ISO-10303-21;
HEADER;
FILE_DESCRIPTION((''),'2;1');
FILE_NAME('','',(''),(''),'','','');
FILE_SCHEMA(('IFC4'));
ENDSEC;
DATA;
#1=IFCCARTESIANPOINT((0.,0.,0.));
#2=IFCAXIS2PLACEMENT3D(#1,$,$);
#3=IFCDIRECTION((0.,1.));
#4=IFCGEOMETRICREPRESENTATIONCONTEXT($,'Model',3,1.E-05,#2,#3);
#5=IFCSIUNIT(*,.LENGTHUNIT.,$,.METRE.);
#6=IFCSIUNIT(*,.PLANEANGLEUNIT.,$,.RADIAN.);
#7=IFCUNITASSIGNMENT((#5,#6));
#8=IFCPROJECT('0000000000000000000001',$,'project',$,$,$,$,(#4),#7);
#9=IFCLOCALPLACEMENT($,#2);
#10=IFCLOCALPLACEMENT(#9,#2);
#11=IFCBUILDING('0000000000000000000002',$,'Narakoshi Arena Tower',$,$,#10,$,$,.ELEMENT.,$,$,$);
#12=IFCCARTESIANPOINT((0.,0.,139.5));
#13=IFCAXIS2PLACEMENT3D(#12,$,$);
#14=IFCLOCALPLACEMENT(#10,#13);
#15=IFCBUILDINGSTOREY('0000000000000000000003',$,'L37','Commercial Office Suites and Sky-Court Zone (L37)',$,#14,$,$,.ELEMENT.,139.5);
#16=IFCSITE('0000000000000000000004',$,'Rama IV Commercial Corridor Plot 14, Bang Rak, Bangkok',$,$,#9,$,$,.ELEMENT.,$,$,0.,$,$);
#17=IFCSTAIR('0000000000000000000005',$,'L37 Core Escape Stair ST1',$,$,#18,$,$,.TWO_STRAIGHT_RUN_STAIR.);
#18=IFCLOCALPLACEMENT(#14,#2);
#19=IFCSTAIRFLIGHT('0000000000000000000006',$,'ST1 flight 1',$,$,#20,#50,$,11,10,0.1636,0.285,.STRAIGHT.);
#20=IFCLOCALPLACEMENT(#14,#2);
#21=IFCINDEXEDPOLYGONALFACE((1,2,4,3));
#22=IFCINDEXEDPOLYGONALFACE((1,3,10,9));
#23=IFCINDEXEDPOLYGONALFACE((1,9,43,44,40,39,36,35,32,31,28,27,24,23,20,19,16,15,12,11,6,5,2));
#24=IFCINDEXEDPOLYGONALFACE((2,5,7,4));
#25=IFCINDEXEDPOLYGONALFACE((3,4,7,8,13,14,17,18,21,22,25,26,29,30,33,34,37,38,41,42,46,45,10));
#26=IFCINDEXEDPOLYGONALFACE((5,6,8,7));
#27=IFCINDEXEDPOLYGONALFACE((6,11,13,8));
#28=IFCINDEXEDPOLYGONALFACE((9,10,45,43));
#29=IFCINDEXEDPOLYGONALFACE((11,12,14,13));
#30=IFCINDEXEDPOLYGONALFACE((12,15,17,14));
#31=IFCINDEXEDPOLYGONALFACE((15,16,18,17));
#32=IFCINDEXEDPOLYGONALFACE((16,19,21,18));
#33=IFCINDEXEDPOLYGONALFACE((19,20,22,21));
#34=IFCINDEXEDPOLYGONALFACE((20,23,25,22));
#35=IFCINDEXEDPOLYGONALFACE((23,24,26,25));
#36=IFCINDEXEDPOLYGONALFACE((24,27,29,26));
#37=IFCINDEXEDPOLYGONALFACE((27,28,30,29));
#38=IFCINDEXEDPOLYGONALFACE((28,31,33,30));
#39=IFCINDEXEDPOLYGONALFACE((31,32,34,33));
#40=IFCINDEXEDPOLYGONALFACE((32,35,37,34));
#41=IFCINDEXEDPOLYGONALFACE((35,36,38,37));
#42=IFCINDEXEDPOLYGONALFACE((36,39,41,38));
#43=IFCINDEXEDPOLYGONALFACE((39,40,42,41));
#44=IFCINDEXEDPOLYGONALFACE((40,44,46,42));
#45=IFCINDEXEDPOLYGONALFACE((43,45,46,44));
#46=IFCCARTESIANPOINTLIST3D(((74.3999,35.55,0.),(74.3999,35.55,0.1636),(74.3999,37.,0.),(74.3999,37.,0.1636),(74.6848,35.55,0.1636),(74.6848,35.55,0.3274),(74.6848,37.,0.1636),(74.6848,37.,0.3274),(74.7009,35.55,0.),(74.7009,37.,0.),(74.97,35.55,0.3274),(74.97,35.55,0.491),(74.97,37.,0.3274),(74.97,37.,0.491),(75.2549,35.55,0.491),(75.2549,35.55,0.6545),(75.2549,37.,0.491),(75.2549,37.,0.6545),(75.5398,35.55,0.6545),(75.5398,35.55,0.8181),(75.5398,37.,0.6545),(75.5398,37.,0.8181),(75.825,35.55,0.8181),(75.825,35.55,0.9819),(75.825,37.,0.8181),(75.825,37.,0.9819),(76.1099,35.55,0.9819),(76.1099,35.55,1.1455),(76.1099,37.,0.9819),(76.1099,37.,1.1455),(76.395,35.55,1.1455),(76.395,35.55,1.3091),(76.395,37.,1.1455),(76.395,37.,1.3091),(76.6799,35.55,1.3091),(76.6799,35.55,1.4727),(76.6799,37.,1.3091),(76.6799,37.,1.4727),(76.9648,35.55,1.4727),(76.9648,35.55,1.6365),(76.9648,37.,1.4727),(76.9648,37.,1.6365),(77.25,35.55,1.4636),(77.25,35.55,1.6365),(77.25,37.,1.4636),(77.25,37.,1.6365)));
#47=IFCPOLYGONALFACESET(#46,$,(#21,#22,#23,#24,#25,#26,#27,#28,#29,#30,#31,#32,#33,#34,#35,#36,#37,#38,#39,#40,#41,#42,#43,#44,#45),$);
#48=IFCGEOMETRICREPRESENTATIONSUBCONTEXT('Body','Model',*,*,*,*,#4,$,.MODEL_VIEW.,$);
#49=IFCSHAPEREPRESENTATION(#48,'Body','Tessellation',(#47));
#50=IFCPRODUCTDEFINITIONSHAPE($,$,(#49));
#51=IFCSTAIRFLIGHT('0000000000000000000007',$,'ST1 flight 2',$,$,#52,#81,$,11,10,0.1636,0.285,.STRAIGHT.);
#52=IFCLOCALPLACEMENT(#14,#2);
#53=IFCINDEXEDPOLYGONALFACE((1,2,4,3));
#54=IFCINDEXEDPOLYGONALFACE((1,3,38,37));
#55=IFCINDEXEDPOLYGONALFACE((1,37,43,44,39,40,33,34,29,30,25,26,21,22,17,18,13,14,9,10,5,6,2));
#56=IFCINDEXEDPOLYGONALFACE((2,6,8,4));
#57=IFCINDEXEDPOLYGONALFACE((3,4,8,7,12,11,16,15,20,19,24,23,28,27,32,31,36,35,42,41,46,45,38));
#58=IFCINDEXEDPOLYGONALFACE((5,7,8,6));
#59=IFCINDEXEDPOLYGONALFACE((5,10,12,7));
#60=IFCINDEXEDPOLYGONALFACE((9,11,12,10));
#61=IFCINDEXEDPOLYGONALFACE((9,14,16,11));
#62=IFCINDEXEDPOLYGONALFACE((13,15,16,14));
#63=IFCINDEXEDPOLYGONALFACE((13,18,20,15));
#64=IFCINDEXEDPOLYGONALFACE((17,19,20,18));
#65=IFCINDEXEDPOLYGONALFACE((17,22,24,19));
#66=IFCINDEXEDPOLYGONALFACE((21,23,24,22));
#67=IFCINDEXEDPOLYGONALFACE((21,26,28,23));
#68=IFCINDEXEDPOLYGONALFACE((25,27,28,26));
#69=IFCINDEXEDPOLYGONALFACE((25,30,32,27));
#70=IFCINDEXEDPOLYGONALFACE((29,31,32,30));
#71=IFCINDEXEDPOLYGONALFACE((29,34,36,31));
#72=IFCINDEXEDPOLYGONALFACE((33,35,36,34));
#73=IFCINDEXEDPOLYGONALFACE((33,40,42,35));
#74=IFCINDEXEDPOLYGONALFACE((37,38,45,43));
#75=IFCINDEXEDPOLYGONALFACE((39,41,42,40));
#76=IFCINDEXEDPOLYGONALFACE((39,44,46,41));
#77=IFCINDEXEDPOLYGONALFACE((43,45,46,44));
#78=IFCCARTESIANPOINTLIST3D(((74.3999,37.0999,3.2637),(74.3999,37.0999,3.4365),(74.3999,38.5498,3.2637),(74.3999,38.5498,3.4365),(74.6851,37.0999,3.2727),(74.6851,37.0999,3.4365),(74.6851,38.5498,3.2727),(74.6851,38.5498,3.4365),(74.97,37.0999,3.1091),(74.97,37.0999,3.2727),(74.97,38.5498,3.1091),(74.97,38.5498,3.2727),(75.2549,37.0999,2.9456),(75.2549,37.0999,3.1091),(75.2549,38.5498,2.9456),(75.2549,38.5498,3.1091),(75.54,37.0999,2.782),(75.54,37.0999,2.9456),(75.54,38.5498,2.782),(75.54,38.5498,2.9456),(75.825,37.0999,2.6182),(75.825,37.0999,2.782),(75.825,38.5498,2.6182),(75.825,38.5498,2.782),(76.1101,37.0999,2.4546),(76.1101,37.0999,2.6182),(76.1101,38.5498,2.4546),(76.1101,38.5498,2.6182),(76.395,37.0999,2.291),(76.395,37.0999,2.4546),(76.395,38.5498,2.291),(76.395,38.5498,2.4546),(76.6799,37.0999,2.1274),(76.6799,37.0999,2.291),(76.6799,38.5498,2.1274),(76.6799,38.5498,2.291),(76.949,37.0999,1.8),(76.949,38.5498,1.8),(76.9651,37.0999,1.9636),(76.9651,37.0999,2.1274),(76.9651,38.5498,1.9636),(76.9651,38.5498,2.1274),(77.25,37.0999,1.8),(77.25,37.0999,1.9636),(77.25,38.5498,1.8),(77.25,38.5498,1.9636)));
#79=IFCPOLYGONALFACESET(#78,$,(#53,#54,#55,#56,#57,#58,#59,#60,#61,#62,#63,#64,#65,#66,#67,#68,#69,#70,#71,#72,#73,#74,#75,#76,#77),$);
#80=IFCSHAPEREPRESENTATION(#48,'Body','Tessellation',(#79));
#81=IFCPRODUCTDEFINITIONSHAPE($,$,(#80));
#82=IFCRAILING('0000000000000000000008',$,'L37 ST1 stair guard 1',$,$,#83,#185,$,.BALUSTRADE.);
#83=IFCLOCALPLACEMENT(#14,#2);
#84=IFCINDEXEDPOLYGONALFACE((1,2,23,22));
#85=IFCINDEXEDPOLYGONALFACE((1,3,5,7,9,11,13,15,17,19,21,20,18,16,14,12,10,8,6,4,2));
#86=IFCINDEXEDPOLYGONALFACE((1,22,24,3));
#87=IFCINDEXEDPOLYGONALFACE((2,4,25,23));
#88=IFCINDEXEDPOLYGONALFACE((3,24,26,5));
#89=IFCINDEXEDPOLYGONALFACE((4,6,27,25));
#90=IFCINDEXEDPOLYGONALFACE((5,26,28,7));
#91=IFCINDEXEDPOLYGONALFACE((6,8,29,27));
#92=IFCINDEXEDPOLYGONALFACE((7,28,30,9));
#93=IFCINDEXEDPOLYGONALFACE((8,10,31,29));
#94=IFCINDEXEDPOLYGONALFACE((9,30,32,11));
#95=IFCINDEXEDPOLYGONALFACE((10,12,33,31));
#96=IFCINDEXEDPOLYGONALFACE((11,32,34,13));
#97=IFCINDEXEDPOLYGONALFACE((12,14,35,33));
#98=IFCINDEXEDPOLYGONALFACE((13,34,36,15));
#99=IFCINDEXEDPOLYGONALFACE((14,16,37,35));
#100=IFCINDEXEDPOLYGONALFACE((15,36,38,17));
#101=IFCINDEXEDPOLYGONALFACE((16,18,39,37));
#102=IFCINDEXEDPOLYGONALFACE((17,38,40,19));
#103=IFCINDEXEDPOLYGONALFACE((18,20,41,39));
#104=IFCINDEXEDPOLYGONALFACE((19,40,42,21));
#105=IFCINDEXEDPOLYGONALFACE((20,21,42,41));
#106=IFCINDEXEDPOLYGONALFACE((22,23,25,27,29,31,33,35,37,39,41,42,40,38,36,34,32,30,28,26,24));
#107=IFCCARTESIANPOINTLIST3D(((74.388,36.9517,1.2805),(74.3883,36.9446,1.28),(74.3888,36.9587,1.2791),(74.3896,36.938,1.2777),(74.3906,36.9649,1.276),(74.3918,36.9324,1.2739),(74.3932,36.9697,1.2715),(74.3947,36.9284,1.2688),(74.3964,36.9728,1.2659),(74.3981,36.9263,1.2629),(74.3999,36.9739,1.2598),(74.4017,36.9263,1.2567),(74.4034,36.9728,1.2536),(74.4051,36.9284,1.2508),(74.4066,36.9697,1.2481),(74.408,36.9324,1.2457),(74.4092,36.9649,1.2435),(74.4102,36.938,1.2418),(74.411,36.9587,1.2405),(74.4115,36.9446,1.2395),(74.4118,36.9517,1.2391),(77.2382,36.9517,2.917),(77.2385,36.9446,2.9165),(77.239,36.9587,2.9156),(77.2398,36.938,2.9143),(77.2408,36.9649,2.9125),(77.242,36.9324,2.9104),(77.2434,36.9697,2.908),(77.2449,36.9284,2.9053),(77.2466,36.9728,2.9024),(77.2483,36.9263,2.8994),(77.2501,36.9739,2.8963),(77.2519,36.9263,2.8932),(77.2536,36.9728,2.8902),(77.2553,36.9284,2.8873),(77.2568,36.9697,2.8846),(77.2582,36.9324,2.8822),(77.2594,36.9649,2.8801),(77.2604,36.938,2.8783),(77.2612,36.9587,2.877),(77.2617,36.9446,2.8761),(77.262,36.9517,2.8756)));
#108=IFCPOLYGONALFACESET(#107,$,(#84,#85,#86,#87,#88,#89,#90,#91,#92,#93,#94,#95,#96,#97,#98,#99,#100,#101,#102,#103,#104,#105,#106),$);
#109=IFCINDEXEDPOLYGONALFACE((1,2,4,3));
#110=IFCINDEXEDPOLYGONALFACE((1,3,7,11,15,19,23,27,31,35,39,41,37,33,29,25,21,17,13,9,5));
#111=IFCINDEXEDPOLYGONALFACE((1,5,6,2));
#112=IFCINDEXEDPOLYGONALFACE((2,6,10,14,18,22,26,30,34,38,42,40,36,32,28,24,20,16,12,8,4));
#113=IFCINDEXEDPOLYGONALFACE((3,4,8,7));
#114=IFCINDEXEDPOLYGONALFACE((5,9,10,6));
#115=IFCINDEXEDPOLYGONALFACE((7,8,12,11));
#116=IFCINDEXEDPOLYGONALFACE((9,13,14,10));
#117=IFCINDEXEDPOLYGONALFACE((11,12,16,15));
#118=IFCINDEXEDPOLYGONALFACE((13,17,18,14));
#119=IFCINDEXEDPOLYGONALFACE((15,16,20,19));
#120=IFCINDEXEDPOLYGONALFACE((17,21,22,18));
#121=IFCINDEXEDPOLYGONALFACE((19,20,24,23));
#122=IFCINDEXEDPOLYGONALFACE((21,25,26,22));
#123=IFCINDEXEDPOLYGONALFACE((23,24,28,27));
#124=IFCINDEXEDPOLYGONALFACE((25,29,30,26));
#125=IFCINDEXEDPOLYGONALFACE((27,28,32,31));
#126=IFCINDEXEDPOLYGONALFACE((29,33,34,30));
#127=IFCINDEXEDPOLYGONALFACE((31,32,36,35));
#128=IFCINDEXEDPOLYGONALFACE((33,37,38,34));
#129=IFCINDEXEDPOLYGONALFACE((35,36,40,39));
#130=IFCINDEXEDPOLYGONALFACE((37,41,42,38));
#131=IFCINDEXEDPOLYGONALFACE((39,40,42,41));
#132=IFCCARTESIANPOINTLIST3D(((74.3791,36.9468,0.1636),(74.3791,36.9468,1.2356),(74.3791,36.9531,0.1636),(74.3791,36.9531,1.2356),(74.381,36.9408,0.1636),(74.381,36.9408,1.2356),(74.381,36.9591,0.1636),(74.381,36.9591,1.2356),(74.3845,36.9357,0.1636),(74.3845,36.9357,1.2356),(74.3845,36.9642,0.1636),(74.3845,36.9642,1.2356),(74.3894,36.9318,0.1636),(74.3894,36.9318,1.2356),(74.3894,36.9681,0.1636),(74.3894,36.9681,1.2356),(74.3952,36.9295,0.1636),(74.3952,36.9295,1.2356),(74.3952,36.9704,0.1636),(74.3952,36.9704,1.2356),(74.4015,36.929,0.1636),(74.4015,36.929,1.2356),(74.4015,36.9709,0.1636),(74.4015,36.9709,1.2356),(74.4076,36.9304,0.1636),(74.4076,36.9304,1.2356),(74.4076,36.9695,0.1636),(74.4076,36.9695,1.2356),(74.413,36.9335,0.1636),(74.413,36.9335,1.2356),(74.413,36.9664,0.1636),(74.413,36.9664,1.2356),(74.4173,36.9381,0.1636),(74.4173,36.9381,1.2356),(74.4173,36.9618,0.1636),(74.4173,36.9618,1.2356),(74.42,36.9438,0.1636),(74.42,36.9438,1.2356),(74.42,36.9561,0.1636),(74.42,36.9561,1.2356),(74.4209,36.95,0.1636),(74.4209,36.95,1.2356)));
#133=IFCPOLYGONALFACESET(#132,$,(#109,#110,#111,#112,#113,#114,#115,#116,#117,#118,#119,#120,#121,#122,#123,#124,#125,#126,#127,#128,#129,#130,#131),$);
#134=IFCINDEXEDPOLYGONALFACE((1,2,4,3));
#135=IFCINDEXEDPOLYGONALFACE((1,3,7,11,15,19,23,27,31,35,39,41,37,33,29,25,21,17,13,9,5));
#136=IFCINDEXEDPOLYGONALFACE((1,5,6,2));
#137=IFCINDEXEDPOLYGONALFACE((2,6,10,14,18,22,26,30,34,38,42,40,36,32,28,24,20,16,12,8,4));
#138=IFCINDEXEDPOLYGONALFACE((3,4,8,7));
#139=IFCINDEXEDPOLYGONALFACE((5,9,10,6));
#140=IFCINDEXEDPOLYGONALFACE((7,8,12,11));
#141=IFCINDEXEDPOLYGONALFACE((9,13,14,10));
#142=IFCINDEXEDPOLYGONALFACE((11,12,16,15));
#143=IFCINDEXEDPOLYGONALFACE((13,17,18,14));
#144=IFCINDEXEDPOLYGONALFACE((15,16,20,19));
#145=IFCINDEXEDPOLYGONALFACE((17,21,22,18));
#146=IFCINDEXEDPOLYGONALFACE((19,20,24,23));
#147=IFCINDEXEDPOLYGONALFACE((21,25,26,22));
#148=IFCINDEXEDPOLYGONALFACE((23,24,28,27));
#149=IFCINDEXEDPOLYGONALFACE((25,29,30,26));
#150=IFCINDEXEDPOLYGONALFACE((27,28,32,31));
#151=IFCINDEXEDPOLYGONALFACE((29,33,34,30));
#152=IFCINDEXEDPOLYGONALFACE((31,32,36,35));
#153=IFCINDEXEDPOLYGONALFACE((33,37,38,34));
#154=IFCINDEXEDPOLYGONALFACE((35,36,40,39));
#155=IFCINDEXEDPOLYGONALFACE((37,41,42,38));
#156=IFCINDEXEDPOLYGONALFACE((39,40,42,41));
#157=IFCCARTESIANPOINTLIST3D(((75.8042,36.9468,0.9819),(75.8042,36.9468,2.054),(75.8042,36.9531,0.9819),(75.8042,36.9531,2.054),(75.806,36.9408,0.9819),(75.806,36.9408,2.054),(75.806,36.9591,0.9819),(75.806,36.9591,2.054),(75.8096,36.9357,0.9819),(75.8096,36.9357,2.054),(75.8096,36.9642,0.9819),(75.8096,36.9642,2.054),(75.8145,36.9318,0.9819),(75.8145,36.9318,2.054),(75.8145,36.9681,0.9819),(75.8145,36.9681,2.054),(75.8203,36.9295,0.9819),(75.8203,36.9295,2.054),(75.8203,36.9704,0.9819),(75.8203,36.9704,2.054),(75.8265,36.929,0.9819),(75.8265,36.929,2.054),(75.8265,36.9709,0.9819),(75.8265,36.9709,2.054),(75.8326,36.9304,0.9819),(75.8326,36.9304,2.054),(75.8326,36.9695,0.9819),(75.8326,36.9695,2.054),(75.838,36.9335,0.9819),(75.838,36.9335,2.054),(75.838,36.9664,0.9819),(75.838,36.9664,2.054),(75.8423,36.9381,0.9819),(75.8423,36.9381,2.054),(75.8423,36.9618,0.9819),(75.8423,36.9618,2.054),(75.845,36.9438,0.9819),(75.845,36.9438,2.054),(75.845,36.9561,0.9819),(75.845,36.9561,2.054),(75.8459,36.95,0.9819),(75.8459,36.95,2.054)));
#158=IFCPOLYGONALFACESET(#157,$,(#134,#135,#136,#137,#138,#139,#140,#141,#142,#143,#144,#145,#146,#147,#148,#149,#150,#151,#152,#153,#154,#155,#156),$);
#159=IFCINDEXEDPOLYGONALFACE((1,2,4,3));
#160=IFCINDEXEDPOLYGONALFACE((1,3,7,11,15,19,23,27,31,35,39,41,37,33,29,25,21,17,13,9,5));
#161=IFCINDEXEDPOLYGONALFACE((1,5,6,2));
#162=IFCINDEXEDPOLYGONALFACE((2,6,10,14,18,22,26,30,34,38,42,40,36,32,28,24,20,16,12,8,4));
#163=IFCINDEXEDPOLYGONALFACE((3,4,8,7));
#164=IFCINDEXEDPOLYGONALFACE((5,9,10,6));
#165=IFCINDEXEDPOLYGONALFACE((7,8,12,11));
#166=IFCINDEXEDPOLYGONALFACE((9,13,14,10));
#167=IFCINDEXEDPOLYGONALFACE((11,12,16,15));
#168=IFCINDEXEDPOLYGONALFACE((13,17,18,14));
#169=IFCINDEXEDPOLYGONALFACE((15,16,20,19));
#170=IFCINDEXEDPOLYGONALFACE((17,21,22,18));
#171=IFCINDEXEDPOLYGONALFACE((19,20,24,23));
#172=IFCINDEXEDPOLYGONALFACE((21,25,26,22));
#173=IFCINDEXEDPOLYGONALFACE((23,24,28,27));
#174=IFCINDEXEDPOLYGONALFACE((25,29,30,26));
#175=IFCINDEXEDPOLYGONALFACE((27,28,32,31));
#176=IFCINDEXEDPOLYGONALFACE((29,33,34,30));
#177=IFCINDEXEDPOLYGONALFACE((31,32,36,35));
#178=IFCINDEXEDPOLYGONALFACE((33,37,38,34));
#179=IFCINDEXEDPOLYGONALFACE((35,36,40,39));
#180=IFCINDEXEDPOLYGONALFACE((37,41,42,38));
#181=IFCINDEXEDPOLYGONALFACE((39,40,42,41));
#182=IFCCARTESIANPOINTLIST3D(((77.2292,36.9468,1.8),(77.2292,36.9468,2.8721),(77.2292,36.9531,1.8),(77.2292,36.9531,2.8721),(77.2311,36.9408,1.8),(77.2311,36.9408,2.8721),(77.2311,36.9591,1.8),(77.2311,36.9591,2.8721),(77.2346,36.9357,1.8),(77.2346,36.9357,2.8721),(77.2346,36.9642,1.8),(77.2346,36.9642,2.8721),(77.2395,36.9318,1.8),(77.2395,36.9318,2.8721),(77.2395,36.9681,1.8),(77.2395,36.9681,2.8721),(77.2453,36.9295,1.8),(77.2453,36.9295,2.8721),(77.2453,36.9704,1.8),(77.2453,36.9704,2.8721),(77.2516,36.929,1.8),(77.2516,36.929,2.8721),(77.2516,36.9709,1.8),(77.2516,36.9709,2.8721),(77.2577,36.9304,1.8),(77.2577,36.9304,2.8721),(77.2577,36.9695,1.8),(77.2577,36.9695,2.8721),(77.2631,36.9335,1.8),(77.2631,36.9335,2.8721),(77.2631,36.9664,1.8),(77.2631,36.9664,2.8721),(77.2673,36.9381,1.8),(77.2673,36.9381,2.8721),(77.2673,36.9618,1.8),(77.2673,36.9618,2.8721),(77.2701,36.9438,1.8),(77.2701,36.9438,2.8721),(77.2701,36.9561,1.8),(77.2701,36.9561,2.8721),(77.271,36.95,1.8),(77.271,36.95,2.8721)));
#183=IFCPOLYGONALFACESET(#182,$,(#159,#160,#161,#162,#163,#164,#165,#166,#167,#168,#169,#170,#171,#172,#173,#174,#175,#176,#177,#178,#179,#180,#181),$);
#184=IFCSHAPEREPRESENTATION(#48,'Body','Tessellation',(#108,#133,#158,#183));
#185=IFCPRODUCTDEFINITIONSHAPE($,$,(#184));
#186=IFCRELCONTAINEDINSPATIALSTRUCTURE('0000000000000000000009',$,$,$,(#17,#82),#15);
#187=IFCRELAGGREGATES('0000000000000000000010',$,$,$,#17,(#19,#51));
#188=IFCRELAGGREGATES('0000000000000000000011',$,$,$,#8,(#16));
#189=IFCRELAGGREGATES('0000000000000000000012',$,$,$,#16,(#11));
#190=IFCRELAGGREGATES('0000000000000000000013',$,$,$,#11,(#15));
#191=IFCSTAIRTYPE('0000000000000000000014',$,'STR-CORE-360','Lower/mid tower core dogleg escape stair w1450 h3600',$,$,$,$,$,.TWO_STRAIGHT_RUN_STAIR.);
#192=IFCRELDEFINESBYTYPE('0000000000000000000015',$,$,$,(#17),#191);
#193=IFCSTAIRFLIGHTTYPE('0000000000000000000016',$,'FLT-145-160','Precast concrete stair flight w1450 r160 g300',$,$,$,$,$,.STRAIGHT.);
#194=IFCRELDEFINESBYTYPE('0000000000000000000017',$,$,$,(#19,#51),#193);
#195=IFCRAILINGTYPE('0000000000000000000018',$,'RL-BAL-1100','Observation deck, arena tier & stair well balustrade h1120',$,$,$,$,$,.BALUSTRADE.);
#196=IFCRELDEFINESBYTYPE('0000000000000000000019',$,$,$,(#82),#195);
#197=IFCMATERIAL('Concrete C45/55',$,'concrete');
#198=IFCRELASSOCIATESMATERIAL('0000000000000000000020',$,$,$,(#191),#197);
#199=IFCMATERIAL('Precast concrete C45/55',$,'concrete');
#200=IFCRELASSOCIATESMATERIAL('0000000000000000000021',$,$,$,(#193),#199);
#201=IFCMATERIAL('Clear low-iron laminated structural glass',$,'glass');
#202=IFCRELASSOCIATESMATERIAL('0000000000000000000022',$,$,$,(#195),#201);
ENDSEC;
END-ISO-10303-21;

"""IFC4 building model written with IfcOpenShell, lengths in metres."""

from ifc_helpers import new_model, si_unit, direction, frame, origin, origin_2d, place, context, subcontext, project, spatial, polyline, circle, outline, extrude, material, type_object, element, aggregate, save


model = new_model("IFC4")

# Units and contexts
model_context = context("Model", 3, precision=1e-05, world=origin(), true_north=direction((0.0, 1.0)))
body_context = subcontext(model_context, "Body", "Model", "MODEL_VIEW")
ifc_project = project(units=[si_unit("LENGTHUNIT", "METRE"), si_unit("PLANEANGLEUNIT", "RADIAN")], contexts=[model_context])

# Site, building, storey
site_placement = place(None, origin())
site = spatial("IfcSite", under=ifc_project, at=site_placement, Name="Rama IV Commercial Corridor Plot 14, Bang Rak, Bangkok", CompositionType="ELEMENT", RefElevation=0.0)
building_placement = place(site_placement, origin())
building = spatial("IfcBuilding", under=site, at=building_placement, Name="Narakoshi Arena Tower", CompositionType="ELEMENT")
storey_placement = place(building_placement, frame((0.0, 0.0, 139.5)))
storey = spatial("IfcBuildingStorey", under=building, at=storey_placement, Name="L37", Description="Commercial Office Suites and Sky-Court Zone (L37)", CompositionType="ELEMENT", Elevation=139.5)

# Stair, stair flights
ifc_material_1 = material(Name="Concrete C45/55", Category="concrete")
stair_type = type_object("IfcStairType", Name="STR-CORE-360", Description="Lower/mid tower core dogleg escape stair w1450 h3600", PredefinedType="TWO_STRAIGHT_RUN_STAIR", material=ifc_material_1)
stair_placement = place(storey_placement, origin())
stair = element("IfcStair", 1, at=stair_placement, inside=storey, type_object=stair_type, Name="L37 Core Escape Stair ST1", PredefinedType="TWO_STRAIGHT_RUN_STAIR")
ifc_material_2 = material(Name="Precast concrete C45/55", Category="concrete")
stair_flight_type = type_object("IfcStairFlightType", Name="FLT-145-160", Description="Precast concrete stair flight w1450 r160 g300", PredefinedType="STRAIGHT", material=ifc_material_2)
stair_flight_1_placement = place(storey_placement, frame((74.3999, 36.2749, 0.0), z_axis=(0.0, 0.0, 1.0), x_axis=(1.0, 0.0, 0.0)))
stair_flight_1 = element("IfcStairFlight", 2, at=stair_flight_1_placement, type_object=stair_flight_type, Name="ST1 flight 1", NumberOfRisers=11, NumberOfTreads=10, PredefinedType="STRAIGHT", RiserHeight=0.1636, TreadLength=0.285, context=body_context, shape_type="SweptSolid", body=[
    extrude(outline(polyline([(0.0, 0.0), (0.0, 0.1636), (0.2849, 0.1636), (0.2849, 0.3274), (0.5701, 0.3274), (0.5701, 0.491), (0.855, 0.491), (0.855, 0.6545), (1.1399, 0.6545), (1.1399, 0.8181), (1.425, 0.8181), (1.425, 0.9819), (1.71, 0.9819), (1.71, 1.1455), (1.9951, 1.1455), (1.9951, 1.3091), (2.28, 1.3091), (2.28, 1.4727), (2.5649, 1.4727), (2.5649, 1.6365), (2.8501, 1.6365), (2.8501, 1.8), (2.8501, 1.4636), (0.301, 0.0), (0.0, 0.0)])), frame((0.0, 0.7251, 0.0), z_axis=(0.0, -1.0, 0.0), x_axis=(1.0, 0.0, 0.0)), (0.0, 0.0, 1.0), 1.45),
])
stair_flight_2_placement = place(storey_placement, frame((77.25, 37.825, 1.8), z_axis=(0.0, 0.0, 1.0), x_axis=(-1.0, 0.0, 0.0)))
stair_flight_2 = element("IfcStairFlight", 3, at=stair_flight_2_placement, type_object=stair_flight_type, Name="ST1 flight 2", NumberOfRisers=11, NumberOfTreads=10, PredefinedType="STRAIGHT", RiserHeight=0.1636, TreadLength=0.285, context=body_context, shape_type="SweptSolid", body=[
    extrude(outline(polyline([(0.0, 0.0), (0.0, 0.1636), (0.2849, 0.1636), (0.2849, 0.3274), (0.5701, 0.3274), (0.5701, 0.491), (0.855, 0.491), (0.855, 0.6545), (1.1399, 0.6545), (1.1399, 0.8181), (1.425, 0.8181), (1.425, 0.9819), (1.71, 0.9819), (1.71, 1.1455), (1.9951, 1.1455), (1.9951, 1.3091), (2.28, 1.3091), (2.28, 1.4727), (2.5649, 1.4727), (2.5649, 1.6365), (2.8501, 1.6365), (2.8501, 1.8), (2.8501, 1.4636), (0.301, 0.0), (0.0, 0.0)])), frame((0.0, 0.7251, 0.0), z_axis=(0.0, -1.0, 0.0), x_axis=(1.0, 0.0, 0.0)), (0.0, 0.0, 1.0), 1.45),
])
aggregate(stair, [stair_flight_1, stair_flight_2])

# Railing
ifc_material_3 = material(Name="Clear low-iron laminated structural glass", Category="glass")
railing_type_1 = type_object("IfcRailingType", Name="RL-BAL-1100", Description="Observation deck, arena tier & stair well balustrade h1120", PredefinedType="BALUSTRADE", material=ifc_material_3)
railing_1_placement = place(storey_placement, frame((74.3999, 36.95, 0.1636)))
element("IfcRailing", 4, at=railing_1_placement, inside=storey, type_object=railing_type_1, Name="L37 ST1 stair guard 1", PredefinedType="BALUSTRADE", context=body_context, shape_type="SweptSolid", body=[
    extrude(circle(Radius=0.0239, at=origin_2d()), frame((0.0, 0.0, 1.0962), z_axis=(0.867213, 0.0, 0.497938), x_axis=(0.0, 1.0, 0.0)), (0.0, 0.0, 1.0), 3.2866),
    extrude(circle(Radius=0.021, at=origin_2d()), origin(), (0.0, 0.0, 1.0), 1.072),
    extrude(circle(Radius=0.021, at=origin_2d()), frame((1.425, 0.0, 0.8184)), (0.0, 0.0, 1.0), 1.072),
    extrude(circle(Radius=0.021, at=origin_2d()), frame((2.8501, 0.0, 1.6365)), (0.0, 0.0, 1.0), 1.072),
])

save(model, "model.ifc")
